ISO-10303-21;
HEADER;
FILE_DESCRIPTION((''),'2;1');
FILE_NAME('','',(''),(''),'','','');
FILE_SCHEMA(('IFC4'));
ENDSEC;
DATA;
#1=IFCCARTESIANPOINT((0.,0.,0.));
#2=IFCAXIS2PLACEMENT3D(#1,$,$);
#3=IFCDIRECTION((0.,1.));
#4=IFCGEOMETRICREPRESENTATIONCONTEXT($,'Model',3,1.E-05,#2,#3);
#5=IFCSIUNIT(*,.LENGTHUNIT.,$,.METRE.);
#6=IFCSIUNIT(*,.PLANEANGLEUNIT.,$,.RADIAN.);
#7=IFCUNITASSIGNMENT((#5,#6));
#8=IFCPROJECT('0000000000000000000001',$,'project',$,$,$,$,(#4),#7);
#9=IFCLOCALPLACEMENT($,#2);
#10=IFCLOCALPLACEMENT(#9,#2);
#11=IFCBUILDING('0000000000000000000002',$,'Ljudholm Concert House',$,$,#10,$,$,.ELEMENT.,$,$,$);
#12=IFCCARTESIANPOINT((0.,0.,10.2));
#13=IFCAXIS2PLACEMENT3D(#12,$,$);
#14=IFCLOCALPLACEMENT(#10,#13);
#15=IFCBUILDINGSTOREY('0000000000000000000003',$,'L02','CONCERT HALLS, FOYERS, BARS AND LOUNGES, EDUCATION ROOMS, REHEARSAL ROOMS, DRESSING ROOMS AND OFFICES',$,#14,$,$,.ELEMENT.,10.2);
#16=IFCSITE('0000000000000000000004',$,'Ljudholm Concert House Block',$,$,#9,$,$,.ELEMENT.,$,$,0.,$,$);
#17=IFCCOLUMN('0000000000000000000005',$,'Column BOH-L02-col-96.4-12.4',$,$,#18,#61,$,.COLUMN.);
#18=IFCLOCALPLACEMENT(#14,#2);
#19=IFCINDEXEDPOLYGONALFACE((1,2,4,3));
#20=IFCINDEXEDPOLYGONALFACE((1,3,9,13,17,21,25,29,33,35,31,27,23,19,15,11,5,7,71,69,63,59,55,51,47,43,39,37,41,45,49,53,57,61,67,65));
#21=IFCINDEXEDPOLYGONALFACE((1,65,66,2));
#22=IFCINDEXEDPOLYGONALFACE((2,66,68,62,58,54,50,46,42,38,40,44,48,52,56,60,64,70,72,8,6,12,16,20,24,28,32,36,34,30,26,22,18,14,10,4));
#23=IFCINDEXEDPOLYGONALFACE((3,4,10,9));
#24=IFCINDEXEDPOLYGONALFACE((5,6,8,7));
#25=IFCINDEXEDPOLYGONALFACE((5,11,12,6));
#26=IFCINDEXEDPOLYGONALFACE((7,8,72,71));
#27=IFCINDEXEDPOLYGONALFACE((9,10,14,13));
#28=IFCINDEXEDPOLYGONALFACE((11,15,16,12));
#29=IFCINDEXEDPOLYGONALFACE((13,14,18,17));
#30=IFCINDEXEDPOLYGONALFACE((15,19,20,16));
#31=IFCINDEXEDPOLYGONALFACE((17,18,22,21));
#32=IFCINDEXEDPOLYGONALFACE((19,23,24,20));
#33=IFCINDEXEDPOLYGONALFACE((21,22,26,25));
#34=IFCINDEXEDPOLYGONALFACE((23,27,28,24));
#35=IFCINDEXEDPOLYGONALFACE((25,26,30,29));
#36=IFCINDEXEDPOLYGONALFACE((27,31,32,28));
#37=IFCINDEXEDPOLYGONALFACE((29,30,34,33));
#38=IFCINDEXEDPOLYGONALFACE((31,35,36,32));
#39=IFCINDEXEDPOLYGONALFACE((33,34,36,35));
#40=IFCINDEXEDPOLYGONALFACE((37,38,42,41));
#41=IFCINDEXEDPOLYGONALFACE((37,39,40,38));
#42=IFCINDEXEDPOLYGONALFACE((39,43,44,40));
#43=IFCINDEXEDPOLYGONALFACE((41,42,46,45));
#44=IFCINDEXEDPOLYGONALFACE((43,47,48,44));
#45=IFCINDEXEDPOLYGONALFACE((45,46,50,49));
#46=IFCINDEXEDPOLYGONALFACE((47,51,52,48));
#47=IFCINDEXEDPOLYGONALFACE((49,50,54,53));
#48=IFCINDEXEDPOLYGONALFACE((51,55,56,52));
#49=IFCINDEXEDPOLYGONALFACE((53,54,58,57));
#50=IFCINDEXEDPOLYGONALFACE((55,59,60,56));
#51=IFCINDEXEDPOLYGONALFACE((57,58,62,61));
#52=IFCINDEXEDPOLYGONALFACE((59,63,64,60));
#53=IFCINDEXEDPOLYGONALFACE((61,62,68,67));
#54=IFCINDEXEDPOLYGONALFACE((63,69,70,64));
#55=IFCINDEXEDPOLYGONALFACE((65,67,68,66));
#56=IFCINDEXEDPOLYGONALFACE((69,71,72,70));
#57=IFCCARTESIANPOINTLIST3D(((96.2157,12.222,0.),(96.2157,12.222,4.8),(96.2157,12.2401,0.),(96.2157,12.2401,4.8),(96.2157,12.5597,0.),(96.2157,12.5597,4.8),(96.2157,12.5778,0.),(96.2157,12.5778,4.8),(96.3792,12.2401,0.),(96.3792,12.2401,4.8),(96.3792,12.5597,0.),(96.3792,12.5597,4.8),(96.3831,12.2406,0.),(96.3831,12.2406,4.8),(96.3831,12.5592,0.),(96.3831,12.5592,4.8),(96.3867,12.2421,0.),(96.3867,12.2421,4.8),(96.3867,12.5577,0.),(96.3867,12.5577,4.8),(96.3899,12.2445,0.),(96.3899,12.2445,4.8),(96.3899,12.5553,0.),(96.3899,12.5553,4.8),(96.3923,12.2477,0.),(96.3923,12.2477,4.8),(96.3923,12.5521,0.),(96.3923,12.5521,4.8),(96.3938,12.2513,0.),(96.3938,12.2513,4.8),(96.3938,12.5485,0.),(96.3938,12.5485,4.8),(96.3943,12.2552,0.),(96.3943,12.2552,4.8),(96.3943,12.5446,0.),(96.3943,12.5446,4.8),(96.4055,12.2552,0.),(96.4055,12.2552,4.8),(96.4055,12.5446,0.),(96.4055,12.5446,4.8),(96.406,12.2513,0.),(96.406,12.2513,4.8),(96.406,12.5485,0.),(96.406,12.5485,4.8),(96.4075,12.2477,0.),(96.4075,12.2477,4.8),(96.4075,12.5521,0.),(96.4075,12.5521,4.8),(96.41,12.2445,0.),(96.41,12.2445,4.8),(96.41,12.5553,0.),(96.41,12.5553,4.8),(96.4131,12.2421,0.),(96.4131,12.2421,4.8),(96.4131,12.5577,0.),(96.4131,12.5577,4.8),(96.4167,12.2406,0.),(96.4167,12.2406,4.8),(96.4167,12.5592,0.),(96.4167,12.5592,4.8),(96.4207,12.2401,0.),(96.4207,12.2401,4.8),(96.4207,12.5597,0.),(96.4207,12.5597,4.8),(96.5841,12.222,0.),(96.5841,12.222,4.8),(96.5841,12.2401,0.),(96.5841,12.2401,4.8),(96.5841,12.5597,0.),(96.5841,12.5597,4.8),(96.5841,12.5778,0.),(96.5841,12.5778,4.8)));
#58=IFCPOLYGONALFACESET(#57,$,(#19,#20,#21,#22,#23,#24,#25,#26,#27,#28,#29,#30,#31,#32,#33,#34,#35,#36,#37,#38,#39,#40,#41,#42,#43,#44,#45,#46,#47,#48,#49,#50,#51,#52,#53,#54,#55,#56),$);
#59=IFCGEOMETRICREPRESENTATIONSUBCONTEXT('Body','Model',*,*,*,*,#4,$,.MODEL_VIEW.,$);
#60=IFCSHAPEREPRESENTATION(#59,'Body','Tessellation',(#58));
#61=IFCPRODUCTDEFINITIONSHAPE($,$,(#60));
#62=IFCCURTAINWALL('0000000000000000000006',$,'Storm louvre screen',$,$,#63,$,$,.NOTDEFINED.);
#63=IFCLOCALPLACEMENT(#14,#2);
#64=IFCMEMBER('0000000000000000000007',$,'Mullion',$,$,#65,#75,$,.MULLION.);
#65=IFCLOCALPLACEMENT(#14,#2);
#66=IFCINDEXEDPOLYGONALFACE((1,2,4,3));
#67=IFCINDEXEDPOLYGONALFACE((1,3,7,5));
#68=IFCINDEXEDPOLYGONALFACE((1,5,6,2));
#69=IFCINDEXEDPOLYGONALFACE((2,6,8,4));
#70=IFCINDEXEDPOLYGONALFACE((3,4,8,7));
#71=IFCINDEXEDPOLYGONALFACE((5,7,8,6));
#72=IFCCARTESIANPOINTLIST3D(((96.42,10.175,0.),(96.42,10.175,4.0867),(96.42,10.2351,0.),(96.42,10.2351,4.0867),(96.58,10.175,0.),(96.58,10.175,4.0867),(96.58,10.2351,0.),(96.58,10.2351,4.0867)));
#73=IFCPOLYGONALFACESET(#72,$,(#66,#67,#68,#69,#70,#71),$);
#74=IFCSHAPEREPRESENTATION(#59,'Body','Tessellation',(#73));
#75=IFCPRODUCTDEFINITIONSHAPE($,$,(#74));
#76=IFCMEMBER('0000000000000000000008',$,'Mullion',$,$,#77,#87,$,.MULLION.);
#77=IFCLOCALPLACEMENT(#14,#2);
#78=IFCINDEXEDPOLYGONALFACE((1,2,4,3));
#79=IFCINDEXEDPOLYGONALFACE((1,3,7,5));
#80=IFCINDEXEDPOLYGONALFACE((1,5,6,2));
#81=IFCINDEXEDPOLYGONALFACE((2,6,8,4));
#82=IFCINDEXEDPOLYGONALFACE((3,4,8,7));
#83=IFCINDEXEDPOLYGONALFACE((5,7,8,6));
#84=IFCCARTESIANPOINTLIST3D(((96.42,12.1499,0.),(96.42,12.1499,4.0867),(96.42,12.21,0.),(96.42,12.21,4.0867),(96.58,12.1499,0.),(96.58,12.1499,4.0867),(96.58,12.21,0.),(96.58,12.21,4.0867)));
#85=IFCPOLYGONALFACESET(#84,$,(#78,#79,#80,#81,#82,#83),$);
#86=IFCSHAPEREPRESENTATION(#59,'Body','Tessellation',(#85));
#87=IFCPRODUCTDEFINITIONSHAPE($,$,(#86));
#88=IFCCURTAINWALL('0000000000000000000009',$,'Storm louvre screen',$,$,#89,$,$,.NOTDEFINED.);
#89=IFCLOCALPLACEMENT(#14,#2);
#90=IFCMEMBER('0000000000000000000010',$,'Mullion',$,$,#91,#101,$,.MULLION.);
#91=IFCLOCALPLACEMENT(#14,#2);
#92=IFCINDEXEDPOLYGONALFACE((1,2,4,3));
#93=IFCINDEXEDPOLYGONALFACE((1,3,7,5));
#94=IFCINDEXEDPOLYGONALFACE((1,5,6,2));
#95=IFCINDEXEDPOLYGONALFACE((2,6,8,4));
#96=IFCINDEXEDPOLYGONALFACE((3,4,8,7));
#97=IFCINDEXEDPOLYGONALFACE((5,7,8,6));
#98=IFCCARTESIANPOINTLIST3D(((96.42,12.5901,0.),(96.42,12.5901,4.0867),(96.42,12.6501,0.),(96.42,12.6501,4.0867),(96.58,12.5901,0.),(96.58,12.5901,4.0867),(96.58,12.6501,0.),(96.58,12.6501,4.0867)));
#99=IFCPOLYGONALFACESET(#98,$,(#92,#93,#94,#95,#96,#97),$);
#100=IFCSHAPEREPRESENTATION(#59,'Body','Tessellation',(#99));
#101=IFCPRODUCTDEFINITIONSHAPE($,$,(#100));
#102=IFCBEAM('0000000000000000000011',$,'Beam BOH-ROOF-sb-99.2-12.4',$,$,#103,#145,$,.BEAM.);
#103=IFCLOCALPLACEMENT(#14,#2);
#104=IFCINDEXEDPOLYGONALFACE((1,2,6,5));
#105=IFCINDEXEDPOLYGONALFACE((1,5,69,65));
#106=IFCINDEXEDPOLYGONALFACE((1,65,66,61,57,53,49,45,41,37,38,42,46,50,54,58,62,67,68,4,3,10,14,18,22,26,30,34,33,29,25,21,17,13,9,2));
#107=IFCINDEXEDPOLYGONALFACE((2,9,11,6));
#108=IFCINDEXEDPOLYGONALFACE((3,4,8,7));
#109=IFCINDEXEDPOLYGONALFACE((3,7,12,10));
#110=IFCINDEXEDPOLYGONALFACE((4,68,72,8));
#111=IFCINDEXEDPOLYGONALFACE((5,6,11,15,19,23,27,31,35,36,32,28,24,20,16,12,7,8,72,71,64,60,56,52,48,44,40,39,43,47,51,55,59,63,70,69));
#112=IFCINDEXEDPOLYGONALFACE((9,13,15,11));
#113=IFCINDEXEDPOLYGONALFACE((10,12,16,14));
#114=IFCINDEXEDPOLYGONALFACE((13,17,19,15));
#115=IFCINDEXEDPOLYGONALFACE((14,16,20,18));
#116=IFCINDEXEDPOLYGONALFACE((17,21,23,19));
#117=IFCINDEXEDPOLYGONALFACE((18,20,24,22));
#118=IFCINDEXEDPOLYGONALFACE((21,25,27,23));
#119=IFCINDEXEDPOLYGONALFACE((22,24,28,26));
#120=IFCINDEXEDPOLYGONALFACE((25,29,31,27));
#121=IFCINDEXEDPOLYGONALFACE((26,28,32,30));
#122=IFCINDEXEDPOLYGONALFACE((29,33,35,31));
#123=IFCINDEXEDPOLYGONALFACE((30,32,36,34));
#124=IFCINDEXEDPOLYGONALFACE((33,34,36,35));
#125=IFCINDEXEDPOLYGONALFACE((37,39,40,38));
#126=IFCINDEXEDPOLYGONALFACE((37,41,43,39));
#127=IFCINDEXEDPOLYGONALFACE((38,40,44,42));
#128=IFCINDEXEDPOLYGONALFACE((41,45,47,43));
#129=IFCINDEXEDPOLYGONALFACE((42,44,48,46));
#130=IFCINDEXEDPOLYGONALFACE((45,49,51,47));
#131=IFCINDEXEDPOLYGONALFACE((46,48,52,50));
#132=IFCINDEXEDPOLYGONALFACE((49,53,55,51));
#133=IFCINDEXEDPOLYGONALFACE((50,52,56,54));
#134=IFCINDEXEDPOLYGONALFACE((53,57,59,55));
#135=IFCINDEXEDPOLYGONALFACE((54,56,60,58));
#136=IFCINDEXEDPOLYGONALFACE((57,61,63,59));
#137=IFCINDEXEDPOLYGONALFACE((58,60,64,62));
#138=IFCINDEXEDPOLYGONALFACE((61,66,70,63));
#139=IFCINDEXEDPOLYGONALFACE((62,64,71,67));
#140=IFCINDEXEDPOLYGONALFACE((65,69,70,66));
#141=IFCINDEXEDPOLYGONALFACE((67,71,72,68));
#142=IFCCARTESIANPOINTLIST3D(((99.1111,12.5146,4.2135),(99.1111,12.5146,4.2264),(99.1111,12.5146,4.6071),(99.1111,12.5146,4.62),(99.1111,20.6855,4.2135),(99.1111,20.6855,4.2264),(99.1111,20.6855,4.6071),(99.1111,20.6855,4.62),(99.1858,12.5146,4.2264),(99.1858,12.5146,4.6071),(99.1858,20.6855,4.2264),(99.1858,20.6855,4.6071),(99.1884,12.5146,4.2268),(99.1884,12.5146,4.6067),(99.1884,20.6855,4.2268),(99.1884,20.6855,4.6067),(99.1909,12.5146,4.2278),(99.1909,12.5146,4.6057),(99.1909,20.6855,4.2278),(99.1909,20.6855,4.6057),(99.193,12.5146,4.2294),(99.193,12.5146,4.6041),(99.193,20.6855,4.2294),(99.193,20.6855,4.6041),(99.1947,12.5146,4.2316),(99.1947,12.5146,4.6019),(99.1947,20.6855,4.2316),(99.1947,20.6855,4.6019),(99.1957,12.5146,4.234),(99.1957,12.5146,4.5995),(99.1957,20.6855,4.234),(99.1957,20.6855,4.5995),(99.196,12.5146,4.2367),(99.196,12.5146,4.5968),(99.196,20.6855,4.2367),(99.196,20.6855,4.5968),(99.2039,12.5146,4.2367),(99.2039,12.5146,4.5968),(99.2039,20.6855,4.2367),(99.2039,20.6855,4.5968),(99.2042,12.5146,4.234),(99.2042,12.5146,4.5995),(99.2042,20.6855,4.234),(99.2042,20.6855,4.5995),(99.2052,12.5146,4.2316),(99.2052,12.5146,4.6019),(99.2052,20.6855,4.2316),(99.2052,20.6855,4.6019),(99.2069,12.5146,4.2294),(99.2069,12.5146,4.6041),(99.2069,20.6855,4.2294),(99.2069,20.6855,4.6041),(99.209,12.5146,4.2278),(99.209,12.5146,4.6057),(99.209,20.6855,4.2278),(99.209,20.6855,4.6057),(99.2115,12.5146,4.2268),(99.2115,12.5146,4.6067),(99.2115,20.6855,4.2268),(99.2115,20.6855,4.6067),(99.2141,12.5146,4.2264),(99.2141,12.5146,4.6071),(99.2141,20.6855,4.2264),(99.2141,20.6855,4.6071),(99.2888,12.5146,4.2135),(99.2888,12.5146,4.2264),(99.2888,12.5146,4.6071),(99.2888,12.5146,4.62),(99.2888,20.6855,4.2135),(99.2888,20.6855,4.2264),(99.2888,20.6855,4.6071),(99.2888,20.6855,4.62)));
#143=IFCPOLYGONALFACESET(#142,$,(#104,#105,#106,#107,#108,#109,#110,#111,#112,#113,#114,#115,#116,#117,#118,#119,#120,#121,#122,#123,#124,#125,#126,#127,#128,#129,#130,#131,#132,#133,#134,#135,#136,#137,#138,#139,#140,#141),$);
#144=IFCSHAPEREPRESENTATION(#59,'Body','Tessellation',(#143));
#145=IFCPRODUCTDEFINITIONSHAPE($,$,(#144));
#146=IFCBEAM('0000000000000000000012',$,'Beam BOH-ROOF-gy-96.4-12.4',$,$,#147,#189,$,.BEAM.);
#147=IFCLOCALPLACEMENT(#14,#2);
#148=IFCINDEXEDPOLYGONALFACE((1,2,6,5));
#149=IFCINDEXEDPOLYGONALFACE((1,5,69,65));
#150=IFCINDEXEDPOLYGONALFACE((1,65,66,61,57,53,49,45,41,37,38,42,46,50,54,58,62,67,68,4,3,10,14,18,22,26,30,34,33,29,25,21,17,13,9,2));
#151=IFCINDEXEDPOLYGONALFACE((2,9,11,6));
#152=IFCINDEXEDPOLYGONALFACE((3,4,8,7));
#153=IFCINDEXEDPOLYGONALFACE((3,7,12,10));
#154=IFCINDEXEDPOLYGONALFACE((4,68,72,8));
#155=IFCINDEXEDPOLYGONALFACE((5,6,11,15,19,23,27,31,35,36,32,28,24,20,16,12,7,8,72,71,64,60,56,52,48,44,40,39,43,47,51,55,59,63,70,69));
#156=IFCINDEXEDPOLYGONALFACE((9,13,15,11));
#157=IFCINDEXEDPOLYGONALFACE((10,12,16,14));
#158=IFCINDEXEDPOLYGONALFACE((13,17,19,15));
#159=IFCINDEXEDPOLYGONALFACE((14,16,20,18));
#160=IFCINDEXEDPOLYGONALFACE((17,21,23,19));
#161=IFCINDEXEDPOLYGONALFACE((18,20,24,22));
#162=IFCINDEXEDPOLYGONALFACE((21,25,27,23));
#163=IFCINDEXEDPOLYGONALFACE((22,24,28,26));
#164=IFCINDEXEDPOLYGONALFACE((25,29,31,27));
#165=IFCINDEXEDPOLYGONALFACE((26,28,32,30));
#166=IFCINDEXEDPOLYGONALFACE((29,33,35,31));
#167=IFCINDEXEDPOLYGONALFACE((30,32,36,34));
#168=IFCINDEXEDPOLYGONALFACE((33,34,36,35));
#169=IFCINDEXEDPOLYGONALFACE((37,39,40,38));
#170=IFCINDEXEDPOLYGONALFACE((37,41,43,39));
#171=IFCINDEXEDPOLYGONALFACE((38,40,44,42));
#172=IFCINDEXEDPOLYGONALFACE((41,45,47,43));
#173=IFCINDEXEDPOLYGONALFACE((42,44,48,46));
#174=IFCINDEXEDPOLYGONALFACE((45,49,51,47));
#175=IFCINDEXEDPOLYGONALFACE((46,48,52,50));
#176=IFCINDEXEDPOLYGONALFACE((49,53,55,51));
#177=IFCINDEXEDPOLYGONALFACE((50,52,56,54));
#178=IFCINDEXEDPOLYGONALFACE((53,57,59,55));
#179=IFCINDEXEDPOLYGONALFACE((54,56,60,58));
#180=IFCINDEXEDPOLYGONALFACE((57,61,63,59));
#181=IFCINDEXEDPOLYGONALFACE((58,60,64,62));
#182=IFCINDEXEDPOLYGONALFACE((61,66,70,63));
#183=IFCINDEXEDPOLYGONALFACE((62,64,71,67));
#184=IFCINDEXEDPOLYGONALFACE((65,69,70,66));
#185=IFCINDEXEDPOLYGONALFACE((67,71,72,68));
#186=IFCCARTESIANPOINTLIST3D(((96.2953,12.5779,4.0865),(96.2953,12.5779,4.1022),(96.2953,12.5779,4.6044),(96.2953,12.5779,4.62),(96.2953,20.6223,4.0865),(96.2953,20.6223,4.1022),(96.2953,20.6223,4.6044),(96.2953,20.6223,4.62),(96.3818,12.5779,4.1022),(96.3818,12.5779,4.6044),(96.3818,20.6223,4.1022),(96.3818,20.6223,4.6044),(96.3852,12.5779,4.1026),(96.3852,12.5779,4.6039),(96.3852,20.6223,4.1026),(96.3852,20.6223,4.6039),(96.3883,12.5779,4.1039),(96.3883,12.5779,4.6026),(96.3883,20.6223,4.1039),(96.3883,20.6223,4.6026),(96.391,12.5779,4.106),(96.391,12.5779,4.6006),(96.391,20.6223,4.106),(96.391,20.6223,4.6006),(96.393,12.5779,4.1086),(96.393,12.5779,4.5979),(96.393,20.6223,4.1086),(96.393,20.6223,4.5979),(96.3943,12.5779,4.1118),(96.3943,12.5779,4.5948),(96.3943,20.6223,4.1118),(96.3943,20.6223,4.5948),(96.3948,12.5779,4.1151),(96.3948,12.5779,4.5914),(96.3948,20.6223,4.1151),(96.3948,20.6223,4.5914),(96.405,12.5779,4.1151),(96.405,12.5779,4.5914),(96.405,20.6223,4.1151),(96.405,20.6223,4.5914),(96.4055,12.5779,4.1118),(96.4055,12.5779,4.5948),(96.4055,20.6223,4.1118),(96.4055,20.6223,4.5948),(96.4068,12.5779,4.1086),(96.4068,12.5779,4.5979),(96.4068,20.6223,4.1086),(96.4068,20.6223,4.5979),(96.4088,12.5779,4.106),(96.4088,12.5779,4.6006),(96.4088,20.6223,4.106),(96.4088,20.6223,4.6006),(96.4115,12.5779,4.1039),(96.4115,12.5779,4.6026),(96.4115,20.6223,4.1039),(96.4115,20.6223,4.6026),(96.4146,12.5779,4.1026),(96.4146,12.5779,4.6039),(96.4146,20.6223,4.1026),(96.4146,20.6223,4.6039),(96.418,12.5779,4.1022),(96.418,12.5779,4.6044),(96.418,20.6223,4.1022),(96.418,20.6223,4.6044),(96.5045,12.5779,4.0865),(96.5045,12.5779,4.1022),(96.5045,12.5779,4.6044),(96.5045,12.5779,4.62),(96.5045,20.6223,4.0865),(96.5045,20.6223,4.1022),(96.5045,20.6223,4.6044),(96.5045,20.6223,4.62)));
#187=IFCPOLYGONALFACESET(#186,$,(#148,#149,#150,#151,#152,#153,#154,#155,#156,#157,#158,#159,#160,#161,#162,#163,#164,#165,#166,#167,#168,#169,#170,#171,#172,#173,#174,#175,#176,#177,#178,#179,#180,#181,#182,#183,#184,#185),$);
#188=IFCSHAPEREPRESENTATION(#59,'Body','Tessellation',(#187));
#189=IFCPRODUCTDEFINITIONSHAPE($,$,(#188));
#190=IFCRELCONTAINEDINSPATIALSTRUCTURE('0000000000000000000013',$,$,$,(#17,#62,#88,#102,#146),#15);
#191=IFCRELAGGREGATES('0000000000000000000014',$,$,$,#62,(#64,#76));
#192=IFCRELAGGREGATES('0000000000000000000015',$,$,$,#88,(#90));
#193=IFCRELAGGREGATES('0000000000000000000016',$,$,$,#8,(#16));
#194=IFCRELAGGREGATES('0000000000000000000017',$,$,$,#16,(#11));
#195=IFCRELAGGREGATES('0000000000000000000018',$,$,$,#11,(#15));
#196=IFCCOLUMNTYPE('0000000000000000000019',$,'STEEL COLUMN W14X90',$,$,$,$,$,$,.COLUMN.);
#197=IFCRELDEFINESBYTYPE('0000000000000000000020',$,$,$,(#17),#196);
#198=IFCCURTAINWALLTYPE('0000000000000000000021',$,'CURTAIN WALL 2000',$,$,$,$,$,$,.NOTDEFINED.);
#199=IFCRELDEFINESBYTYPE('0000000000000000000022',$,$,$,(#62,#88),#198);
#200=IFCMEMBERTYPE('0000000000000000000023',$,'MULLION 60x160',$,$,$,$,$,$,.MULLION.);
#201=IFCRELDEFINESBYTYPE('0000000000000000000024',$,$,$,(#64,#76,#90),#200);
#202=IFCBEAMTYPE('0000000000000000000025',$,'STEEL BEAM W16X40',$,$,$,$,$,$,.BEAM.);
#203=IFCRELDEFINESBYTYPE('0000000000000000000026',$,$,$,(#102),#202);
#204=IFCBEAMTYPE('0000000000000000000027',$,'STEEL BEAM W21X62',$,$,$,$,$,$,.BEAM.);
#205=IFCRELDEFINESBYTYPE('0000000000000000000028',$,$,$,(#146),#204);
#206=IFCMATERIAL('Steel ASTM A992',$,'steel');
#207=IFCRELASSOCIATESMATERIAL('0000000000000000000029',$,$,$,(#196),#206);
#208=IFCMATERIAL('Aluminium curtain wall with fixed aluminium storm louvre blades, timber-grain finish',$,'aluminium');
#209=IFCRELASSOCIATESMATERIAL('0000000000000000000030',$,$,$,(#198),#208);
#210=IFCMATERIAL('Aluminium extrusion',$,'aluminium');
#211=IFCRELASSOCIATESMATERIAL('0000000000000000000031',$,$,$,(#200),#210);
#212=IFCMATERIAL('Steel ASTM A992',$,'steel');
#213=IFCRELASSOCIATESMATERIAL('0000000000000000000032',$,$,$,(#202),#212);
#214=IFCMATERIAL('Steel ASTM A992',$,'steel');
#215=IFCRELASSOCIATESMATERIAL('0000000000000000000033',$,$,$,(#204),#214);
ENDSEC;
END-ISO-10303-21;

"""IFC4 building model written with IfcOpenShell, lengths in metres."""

from ifc_helpers import new_model, si_unit, direction, frame, origin, origin_2d, place, context, subcontext, project, spatial, rectangle, i_section, extrude, material, material_profile, profile_set, type_object, element, aggregate, save


model = new_model("IFC4")

# Units and contexts
model_context = context("Model", 3, precision=1e-05, world=origin(), true_north=direction((0.0, 1.0)))
body_context = subcontext(model_context, "Body", "Model", "MODEL_VIEW")
ifc_project = project(units=[si_unit("LENGTHUNIT", "METRE"), si_unit("PLANEANGLEUNIT", "RADIAN")], contexts=[model_context])

# Site, building, storey
site_placement = place(None, origin())
site = spatial("IfcSite", under=ifc_project, at=site_placement, Name="Ljudholm Concert House Block", CompositionType="ELEMENT", RefElevation=0.0)
building_placement = place(site_placement, origin())
building = spatial("IfcBuilding", under=site, at=building_placement, Name="Ljudholm Concert House", CompositionType="ELEMENT")
storey_placement = place(building_placement, frame((0.0, 0.0, 10.2)))
storey = spatial("IfcBuildingStorey", under=building, at=storey_placement, Name="L02", Description="CONCERT HALLS, FOYERS, BARS AND LOUNGES, EDUCATION ROOMS, REHEARSAL ROOMS, DRESSING ROOMS AND OFFICES", CompositionType="ELEMENT", Elevation=10.2)

# Column
ifc_material_1 = material(Name="Steel ASTM A992", Category="steel")
ifc_material_profile_1 = material_profile(ifc_material_1, i_section(OverallWidth=0.3684, OverallDepth=0.3557, WebThickness=0.0112, FlangeThickness=0.0181, FilletRadius=0.0151, at=origin_2d()), Name="W14X90")
ifc_profile_set_1 = profile_set([ifc_material_profile_1], Name="Steel ASTM A992")
column_type = type_object("IfcColumnType", Name="STEEL COLUMN W14X90", PredefinedType="COLUMN", material=ifc_profile_set_1)
column_placement = place(storey_placement, frame((96.3999, 12.3999, 0.0), z_axis=(0.0, 0.0, 1.0), x_axis=(1.0, 0.0, 0.0)))
element("IfcColumn", 1, at=column_placement, inside=storey, type_object=column_type, Name="Column BOH-L02-col-96.4-12.4", PredefinedType="COLUMN", context=body_context, shape_type="SweptSolid", body=[
    extrude(i_section(OverallWidth=0.3684, OverallDepth=0.3557, WebThickness=0.0112, FlangeThickness=0.0181, FilletRadius=0.0151, at=origin_2d()), origin(), (0.0, 0.0, 1.0), 4.8),
])

# Curtain wall, members
ifc_material_2 = material(Name="Aluminium curtain wall with fixed aluminium storm louvre blades, timber-grain finish", Category="aluminium")
curtain_wall_type = type_object("IfcCurtainWallType", Name="CURTAIN WALL 2000", PredefinedType="NOTDEFINED", material=ifc_material_2)
curtain_wall_1_placement = place(storey_placement, origin())
curtain_wall_1 = element("IfcCurtainWall", 2, at=curtain_wall_1_placement, inside=storey, type_object=curtain_wall_type, Name="Storm louvre screen", PredefinedType="NOTDEFINED")
ifc_material_3 = material(Name="Aluminium extrusion", Category="aluminium")
ifc_material_profile_2 = material_profile(ifc_material_3, rectangle(XDim=0.1599, YDim=0.0601, at=origin_2d()), Name="MULLION 60x160")
ifc_profile_set_2 = profile_set([ifc_material_profile_2], Name="Aluminium extrusion")
member_type_1 = type_object("IfcMemberType", Name="MULLION 60x160", PredefinedType="MULLION", material=ifc_profile_set_2)
member_1_placement = place(storey_placement, frame((96.5, 10.2051, 0.0), z_axis=(0.0, 0.0, 1.0), x_axis=(-1.0, 0.0, 0.0)))
member_1 = element("IfcMember", 3, at=member_1_placement, type_object=member_type_1, Name="Mullion", PredefinedType="MULLION", context=body_context, shape_type="SweptSolid", body=[
    extrude(rectangle(XDim=0.1599, YDim=0.0601, at=origin_2d()), origin(), (0.0, 0.0, 1.0), 4.0867),
])
member_2_placement = place(storey_placement, frame((96.5, 12.1799, 0.0), z_axis=(0.0, 0.0, 1.0), x_axis=(-1.0, 0.0, 0.0)))
member_2 = element("IfcMember", 4, at=member_2_placement, type_object=member_type_1, Name="Mullion", PredefinedType="MULLION", context=body_context, shape_type="SweptSolid", body=[
    extrude(rectangle(XDim=0.1599, YDim=0.0601, at=origin_2d()), origin(), (0.0, 0.0, 1.0), 4.0867),
])

# Curtain wall, member
curtain_wall_2_placement = place(storey_placement, origin())
curtain_wall_2 = element("IfcCurtainWall", 5, at=curtain_wall_2_placement, inside=storey, type_object=curtain_wall_type, Name="Storm louvre screen", PredefinedType="NOTDEFINED")
member_3_placement = place(storey_placement, frame((96.5, 12.6201, 0.0), z_axis=(0.0, 0.0, 1.0), x_axis=(-1.0, 0.0, 0.0)))
member_3 = element("IfcMember", 6, at=member_3_placement, type_object=member_type_1, Name="Mullion", PredefinedType="MULLION", context=body_context, shape_type="SweptSolid", body=[
    extrude(rectangle(XDim=0.1599, YDim=0.0601, at=origin_2d()), origin(), (0.0, 0.0, 1.0), 4.0867),
])

# Beams
ifc_material_4 = material(Name="Steel ASTM A992", Category="steel")
ifc_material_profile_3 = material_profile(ifc_material_4, i_section(OverallWidth=0.1777, OverallDepth=0.4065, WebThickness=0.0078, FlangeThickness=0.0129, FilletRadius=0.0103, at=origin_2d()), Name="W16X40")
ifc_profile_set_3 = profile_set([ifc_material_profile_3], Name="Steel ASTM A992")
beam_type_1 = type_object("IfcBeamType", Name="STEEL BEAM W16X40", PredefinedType="BEAM", material=ifc_profile_set_3)
beam_1_placement = place(storey_placement, frame((99.2, 12.5146, 4.4167), z_axis=(0.0, 1.0, 0.0), x_axis=(-1.0, 0.0, 0.0)))
element("IfcBeam", 7, at=beam_1_placement, inside=storey, type_object=beam_type_1, Name="Beam BOH-ROOF-sb-99.2-12.4", PredefinedType="BEAM", context=body_context, shape_type="SweptSolid", body=[
    extrude(i_section(OverallWidth=0.1777, OverallDepth=0.4065, WebThickness=0.0078, FlangeThickness=0.0129, FilletRadius=0.0103, at=origin_2d()), origin(), (0.0, 0.0, 1.0), 8.1709),
])
ifc_material_5 = material(Name="Steel ASTM A992", Category="steel")
ifc_material_profile_4 = material_profile(ifc_material_5, i_section(OverallWidth=0.2092, OverallDepth=0.5334, WebThickness=0.0103, FlangeThickness=0.0156, FilletRadius=0.0129, at=origin_2d()), Name="W21X62")
ifc_profile_set_4 = profile_set([ifc_material_profile_4], Name="Steel ASTM A992")
beam_type_2 = type_object("IfcBeamType", Name="STEEL BEAM W21X62", PredefinedType="BEAM", material=ifc_profile_set_4)
beam_2_placement = place(storey_placement, frame((96.3999, 12.5779, 4.3533), z_axis=(0.0, 1.0, 0.0), x_axis=(-1.0, 0.0, 0.0)))
element("IfcBeam", 8, at=beam_2_placement, inside=storey, type_object=beam_type_2, Name="Beam BOH-ROOF-gy-96.4-12.4", PredefinedType="BEAM", context=body_context, shape_type="SweptSolid", body=[
    extrude(i_section(OverallWidth=0.2092, OverallDepth=0.5334, WebThickness=0.0103, FlangeThickness=0.0156, FilletRadius=0.0129, at=origin_2d()), origin(), (0.0, 0.0, 1.0), 8.0444),
])

aggregate(curtain_wall_1, [member_1, member_2])
aggregate(curtain_wall_2, [member_3])

save(model, "model.ifc")
